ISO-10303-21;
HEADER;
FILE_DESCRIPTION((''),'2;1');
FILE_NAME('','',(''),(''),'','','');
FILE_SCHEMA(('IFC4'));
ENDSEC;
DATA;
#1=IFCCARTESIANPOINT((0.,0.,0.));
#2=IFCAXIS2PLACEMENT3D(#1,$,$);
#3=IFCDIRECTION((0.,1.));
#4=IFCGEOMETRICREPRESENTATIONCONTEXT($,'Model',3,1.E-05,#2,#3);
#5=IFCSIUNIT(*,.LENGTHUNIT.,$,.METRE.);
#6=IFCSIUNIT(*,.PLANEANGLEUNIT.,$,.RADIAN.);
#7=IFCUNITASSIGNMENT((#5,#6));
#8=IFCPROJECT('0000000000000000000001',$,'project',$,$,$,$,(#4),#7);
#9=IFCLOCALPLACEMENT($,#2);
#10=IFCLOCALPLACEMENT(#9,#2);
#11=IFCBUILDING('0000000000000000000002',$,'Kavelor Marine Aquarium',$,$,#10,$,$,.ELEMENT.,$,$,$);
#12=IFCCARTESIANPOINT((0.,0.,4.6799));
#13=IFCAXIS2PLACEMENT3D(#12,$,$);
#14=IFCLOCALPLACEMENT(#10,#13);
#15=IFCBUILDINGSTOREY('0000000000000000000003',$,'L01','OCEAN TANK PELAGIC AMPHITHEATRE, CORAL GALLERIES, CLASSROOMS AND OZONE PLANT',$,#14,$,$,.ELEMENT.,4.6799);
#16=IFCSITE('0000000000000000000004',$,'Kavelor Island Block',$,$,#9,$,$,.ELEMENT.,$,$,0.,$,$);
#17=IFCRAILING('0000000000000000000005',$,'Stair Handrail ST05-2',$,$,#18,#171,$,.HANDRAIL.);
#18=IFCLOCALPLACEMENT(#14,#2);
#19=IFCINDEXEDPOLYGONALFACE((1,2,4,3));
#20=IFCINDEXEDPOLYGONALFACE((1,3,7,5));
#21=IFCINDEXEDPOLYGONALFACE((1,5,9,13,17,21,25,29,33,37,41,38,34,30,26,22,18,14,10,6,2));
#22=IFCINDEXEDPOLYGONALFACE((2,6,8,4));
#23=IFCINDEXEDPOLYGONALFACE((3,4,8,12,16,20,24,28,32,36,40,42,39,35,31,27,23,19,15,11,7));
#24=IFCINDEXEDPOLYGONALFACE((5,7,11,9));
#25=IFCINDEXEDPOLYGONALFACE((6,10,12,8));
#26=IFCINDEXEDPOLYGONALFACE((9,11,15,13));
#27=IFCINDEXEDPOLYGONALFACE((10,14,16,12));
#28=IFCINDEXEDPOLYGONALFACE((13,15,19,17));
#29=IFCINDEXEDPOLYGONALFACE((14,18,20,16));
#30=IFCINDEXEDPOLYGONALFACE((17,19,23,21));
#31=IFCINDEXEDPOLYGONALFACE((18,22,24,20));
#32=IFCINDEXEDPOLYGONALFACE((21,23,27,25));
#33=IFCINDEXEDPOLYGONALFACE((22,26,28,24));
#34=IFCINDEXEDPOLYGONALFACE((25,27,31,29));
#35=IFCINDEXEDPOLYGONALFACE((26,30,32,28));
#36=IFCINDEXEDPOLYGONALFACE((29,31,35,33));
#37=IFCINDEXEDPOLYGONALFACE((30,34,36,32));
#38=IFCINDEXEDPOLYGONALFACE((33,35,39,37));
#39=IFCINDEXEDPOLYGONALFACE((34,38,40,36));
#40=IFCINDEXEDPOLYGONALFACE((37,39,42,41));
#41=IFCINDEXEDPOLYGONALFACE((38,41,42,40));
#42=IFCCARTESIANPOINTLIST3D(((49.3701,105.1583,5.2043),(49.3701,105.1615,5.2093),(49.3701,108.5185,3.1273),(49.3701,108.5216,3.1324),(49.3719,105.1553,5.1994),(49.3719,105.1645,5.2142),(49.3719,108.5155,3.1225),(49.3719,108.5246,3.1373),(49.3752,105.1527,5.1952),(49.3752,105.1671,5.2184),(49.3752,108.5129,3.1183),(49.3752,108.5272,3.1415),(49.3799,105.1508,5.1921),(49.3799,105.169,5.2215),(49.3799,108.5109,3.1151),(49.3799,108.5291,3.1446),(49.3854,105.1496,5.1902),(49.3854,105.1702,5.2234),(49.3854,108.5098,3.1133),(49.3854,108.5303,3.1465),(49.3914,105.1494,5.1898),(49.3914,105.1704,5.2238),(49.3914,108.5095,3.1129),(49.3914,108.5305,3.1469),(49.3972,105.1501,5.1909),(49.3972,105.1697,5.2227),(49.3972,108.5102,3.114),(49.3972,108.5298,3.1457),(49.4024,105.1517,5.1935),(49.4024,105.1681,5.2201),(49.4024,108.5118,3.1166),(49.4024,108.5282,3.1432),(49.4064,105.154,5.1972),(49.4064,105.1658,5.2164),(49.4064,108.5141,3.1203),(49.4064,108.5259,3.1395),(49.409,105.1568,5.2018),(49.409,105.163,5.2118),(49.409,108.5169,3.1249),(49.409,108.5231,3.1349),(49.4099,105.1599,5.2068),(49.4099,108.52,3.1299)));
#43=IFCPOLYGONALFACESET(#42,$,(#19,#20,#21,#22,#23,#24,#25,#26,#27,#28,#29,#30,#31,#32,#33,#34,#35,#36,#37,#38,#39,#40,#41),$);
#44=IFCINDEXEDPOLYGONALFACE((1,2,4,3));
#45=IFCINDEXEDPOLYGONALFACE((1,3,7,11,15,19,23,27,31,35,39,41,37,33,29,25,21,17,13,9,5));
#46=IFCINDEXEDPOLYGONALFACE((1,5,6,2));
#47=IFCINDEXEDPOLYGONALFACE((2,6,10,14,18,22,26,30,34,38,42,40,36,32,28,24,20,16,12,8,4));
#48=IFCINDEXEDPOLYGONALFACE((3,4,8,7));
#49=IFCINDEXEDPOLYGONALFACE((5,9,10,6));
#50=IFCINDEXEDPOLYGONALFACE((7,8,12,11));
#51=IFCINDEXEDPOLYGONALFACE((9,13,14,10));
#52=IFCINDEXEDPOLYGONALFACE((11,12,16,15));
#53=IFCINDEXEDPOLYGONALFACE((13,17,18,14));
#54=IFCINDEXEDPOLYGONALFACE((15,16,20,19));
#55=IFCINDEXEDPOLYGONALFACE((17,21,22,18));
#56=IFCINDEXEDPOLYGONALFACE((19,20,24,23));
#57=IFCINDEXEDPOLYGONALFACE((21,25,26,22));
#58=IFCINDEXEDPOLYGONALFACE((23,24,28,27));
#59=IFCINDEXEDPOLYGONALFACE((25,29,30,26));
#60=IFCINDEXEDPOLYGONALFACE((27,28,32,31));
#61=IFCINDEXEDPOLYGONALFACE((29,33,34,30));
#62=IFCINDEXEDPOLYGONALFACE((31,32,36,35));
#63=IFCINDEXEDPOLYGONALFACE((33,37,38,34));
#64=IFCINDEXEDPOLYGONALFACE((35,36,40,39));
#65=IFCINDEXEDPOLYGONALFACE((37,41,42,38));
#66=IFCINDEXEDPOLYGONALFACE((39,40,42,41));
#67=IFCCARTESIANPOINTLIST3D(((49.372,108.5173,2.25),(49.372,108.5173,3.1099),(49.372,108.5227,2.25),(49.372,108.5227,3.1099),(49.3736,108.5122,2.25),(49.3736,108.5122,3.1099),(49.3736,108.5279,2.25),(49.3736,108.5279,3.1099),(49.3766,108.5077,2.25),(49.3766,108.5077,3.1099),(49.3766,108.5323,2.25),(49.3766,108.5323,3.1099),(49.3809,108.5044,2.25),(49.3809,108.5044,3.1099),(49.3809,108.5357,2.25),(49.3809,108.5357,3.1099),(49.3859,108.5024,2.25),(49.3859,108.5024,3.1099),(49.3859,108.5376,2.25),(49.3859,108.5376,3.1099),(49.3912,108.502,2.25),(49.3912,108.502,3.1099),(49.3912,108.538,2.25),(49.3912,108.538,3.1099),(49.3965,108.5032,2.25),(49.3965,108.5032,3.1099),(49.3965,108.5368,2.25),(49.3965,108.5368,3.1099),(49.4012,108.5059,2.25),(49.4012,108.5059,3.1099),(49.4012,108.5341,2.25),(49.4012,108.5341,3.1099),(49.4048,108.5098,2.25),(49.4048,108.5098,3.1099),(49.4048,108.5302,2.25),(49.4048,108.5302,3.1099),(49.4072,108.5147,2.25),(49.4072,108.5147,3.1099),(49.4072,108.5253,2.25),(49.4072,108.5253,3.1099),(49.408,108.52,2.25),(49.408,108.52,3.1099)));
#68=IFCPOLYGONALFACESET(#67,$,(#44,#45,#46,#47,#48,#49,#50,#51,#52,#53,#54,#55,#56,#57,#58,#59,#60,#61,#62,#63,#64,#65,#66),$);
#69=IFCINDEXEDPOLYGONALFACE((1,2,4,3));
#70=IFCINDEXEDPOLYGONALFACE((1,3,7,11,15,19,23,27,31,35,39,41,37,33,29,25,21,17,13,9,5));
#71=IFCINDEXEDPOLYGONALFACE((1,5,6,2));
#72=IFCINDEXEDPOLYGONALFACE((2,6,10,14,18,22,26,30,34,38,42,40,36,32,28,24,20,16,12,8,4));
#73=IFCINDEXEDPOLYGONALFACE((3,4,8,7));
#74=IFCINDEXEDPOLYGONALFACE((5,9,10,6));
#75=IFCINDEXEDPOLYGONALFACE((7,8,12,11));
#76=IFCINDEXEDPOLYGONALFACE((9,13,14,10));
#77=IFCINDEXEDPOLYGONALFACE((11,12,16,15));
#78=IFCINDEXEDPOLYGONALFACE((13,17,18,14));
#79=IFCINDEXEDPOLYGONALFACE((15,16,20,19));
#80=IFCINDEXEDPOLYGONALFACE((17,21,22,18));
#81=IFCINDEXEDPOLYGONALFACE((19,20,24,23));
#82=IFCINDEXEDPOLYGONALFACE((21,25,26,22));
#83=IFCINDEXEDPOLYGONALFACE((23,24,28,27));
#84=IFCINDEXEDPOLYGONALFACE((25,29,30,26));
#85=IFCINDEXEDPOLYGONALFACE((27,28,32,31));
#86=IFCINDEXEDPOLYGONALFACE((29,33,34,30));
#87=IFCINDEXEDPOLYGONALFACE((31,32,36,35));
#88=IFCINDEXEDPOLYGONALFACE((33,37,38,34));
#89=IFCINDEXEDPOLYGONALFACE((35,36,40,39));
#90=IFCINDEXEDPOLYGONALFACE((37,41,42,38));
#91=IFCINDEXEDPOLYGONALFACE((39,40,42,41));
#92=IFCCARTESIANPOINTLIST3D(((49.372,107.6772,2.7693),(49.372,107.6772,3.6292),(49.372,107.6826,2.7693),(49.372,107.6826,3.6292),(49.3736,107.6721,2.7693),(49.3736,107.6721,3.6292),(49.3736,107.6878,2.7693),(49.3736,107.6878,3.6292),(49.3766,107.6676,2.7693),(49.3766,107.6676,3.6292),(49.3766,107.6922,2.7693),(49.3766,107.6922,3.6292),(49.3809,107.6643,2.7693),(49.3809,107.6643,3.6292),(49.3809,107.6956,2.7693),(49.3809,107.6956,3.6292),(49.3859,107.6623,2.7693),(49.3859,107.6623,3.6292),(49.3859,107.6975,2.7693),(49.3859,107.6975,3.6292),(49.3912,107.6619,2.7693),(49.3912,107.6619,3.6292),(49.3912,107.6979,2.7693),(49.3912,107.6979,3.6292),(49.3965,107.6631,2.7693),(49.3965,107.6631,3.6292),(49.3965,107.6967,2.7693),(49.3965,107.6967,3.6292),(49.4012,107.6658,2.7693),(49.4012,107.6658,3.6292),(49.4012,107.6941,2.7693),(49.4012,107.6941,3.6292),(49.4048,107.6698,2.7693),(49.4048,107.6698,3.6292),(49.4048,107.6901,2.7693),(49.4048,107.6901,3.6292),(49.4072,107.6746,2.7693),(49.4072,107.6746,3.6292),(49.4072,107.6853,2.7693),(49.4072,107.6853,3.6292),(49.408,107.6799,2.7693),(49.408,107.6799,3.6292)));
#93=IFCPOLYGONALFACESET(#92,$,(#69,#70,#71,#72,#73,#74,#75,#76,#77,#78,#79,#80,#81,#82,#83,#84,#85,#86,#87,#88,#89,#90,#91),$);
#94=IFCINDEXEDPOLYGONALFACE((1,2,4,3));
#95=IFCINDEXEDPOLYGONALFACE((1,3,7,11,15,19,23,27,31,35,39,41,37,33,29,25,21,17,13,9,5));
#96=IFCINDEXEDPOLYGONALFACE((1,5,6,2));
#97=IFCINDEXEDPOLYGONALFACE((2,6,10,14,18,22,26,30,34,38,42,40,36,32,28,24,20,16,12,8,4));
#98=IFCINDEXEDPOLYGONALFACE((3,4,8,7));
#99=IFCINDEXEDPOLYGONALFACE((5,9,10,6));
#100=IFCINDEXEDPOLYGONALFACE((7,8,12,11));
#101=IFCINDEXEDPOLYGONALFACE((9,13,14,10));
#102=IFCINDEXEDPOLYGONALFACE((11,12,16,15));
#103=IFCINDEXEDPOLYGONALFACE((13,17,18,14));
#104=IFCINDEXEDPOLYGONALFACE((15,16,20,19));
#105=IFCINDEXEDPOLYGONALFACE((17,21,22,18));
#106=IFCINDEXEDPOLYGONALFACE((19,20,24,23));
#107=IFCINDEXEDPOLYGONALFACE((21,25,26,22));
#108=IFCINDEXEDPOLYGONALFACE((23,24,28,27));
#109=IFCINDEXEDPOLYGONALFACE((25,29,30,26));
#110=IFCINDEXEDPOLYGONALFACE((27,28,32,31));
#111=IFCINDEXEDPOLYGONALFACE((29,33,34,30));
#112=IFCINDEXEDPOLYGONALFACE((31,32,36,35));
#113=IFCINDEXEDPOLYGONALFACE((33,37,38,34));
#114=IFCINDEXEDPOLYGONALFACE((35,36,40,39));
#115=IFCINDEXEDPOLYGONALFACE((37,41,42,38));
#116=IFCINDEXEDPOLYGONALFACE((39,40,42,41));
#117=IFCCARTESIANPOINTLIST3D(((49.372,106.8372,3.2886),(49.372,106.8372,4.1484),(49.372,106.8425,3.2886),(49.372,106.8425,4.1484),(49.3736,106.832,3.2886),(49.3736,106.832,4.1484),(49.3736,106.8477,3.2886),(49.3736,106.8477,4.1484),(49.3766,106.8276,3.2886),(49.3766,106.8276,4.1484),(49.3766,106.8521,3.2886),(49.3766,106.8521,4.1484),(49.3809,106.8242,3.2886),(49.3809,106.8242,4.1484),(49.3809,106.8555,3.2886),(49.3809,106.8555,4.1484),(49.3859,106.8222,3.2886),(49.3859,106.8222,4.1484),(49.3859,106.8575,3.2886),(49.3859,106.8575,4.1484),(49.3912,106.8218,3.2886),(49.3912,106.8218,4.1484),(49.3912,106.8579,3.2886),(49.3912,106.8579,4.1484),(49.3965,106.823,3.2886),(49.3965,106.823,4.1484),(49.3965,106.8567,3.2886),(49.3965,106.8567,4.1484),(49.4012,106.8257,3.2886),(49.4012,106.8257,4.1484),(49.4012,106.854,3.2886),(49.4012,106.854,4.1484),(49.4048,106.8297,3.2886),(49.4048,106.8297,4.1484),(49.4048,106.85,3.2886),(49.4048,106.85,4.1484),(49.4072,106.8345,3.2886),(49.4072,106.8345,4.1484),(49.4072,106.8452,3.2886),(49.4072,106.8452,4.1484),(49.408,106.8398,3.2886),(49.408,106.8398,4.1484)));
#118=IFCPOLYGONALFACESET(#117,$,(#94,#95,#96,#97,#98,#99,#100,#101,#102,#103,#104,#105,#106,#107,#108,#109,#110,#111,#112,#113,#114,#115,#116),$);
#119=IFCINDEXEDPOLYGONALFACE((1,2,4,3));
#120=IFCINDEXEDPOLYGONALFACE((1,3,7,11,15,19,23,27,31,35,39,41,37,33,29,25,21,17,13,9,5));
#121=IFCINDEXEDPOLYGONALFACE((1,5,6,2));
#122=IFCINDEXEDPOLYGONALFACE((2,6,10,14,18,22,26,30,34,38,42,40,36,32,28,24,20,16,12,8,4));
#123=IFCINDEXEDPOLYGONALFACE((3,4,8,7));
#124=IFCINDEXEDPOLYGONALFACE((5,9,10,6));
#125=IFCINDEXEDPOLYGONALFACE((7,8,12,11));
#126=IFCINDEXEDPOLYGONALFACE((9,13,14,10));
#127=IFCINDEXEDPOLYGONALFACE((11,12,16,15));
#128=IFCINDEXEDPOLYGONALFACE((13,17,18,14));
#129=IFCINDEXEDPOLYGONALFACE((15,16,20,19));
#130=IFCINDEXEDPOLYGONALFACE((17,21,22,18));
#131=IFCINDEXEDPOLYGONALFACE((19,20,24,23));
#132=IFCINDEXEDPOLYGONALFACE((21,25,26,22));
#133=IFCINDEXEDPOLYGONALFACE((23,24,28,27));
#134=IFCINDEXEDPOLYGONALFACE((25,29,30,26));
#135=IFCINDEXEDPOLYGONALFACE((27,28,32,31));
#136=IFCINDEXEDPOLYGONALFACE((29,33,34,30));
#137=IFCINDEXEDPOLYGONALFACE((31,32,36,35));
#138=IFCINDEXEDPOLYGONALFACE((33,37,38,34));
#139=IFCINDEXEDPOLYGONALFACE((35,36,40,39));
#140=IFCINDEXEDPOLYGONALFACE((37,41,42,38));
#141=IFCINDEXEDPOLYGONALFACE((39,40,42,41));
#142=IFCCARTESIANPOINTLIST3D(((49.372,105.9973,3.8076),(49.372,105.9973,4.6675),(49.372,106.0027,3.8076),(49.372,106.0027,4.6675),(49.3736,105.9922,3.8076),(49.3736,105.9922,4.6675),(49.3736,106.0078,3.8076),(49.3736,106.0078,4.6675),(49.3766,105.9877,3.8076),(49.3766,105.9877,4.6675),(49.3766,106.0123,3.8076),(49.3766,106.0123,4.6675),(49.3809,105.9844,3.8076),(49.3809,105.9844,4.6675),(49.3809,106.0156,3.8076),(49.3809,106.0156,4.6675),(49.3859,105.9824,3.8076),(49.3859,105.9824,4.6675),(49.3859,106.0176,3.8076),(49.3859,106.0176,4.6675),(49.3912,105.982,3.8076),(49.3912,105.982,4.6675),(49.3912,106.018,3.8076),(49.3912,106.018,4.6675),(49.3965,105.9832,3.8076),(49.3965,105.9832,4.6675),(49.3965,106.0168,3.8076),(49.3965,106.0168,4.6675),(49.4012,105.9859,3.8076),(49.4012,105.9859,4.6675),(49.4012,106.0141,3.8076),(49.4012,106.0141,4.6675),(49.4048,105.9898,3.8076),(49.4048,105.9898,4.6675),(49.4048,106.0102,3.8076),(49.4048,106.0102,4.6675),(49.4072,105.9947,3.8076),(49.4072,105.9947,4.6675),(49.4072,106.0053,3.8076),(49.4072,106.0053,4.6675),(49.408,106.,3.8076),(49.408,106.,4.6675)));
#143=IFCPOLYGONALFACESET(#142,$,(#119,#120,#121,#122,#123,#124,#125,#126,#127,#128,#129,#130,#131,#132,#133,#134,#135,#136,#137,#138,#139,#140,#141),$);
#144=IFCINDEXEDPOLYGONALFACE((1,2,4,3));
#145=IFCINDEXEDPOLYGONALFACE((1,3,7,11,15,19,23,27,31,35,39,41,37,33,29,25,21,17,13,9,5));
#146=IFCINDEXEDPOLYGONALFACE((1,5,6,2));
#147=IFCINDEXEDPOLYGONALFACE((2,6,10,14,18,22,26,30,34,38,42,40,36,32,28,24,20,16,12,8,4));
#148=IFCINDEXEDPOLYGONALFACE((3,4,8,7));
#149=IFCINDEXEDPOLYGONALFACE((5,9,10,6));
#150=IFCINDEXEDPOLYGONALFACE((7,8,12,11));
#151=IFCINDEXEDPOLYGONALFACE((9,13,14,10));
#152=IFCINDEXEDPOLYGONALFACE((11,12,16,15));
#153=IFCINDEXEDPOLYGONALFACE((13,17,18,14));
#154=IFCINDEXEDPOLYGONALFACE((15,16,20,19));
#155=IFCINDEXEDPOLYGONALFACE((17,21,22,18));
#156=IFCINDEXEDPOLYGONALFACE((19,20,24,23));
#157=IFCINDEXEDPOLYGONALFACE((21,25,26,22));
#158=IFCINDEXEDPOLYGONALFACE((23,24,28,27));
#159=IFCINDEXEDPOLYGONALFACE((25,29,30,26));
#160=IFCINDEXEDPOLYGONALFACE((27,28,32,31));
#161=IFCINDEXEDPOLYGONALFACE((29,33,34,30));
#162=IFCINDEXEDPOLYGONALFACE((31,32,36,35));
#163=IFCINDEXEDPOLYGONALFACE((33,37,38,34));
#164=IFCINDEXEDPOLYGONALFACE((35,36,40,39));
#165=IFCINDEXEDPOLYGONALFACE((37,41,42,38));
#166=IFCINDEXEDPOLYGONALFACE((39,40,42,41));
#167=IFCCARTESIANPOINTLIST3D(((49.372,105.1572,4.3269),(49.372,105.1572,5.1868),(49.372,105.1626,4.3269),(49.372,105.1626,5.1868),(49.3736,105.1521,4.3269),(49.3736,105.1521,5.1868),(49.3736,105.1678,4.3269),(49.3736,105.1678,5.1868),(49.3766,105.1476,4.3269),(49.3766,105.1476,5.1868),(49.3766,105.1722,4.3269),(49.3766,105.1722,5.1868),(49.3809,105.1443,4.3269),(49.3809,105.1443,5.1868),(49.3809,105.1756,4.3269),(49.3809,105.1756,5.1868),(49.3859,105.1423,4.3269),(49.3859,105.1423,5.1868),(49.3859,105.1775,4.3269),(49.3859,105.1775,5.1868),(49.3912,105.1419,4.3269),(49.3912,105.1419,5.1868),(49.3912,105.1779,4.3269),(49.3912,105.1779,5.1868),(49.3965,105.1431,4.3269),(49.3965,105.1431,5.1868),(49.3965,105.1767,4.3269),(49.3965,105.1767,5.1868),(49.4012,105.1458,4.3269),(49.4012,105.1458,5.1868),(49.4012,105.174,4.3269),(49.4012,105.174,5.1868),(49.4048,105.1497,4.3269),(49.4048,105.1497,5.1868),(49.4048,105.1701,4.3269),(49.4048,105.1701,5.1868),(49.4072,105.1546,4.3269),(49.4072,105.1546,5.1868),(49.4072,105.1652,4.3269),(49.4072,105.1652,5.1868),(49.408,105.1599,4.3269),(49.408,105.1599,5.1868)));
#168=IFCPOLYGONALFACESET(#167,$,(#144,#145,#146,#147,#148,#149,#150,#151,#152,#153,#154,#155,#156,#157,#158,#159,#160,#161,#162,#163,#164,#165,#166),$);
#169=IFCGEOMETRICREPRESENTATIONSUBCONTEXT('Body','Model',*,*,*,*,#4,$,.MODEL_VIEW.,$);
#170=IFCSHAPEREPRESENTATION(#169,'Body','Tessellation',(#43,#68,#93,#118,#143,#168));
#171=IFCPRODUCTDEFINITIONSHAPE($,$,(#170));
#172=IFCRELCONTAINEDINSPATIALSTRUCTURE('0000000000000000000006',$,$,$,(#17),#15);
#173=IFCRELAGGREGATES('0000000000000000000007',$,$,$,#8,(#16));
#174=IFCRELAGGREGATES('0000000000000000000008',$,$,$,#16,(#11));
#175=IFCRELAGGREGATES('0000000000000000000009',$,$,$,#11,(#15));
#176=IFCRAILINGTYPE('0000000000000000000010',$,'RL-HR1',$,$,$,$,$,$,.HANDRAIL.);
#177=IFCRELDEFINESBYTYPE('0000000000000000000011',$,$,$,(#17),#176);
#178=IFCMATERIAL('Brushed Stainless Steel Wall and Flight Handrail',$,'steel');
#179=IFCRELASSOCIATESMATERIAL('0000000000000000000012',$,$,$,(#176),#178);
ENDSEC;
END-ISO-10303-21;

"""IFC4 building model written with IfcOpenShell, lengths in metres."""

from ifc_helpers import new_model, si_unit, direction, frame, origin, origin_2d, place, context, subcontext, project, spatial, circle, extrude, material, type_object, element, save


model = new_model("IFC4")

# Units and contexts
model_context = context("Model", 3, precision=1e-05, world=origin(), true_north=direction((0.0, 1.0)))
body_context = subcontext(model_context, "Body", "Model", "MODEL_VIEW")
ifc_project = project(units=[si_unit("LENGTHUNIT", "METRE"), si_unit("PLANEANGLEUNIT", "RADIAN")], contexts=[model_context])

# Site, building, storey
site_placement = place(None, origin())
site = spatial("IfcSite", under=ifc_project, at=site_placement, Name="Kavelor Island Block", CompositionType="ELEMENT", RefElevation=0.0)
building_placement = place(site_placement, origin())
building = spatial("IfcBuilding", under=site, at=building_placement, Name="Kavelor Marine Aquarium", CompositionType="ELEMENT")
storey_placement = place(building_placement, frame((0.0, 0.0, 4.6799)))
storey = spatial("IfcBuildingStorey", under=building, at=storey_placement, Name="L01", Description="OCEAN TANK PELAGIC AMPHITHEATRE, CORAL GALLERIES, CLASSROOMS AND OZONE PLANT", CompositionType="ELEMENT", Elevation=4.6799)

# Railing
ifc_material_1 = material(Name="Brushed Stainless Steel Wall and Flight Handrail", Category="steel")
railing_type_1 = type_object("IfcRailingType", Name="RL-HR1", PredefinedType="HANDRAIL", material=ifc_material_1)
railing_1_placement = place(storey_placement, frame((49.3899, 108.52, 2.25)))
element("IfcRailing", 1, at=railing_1_placement, inside=storey, type_object=railing_type_1, Name="Stair Handrail ST05-2", PredefinedType="HANDRAIL", context=body_context, shape_type="SweptSolid", body=[
    extrude(circle(Radius=0.02, at=origin_2d()), frame((0.0, 0.0, 0.8799), z_axis=(0.0, -0.850623, 0.525776), x_axis=(1.0, 0.0, 0.0)), (0.0, 0.0, 1.0), 3.9502),
    extrude(circle(Radius=0.0181, at=origin_2d()), origin(), (0.0, 0.0, 1.0), 0.8599),
    extrude(circle(Radius=0.0181, at=origin_2d()), frame((0.0, -0.8401, 0.5193)), (0.0, 0.0, 1.0), 0.8599),
    extrude(circle(Radius=0.0181, at=origin_2d()), frame((0.0, -1.6802, 1.0386)), (0.0, 0.0, 1.0), 0.8599),
    extrude(circle(Radius=0.0181, at=origin_2d()), frame((0.0, -2.52, 1.5576)), (0.0, 0.0, 1.0), 0.8599),
    extrude(circle(Radius=0.0181, at=origin_2d()), frame((0.0, -3.3601, 2.0769)), (0.0, 0.0, 1.0), 0.8599),
])

save(model, "model.ifc")
